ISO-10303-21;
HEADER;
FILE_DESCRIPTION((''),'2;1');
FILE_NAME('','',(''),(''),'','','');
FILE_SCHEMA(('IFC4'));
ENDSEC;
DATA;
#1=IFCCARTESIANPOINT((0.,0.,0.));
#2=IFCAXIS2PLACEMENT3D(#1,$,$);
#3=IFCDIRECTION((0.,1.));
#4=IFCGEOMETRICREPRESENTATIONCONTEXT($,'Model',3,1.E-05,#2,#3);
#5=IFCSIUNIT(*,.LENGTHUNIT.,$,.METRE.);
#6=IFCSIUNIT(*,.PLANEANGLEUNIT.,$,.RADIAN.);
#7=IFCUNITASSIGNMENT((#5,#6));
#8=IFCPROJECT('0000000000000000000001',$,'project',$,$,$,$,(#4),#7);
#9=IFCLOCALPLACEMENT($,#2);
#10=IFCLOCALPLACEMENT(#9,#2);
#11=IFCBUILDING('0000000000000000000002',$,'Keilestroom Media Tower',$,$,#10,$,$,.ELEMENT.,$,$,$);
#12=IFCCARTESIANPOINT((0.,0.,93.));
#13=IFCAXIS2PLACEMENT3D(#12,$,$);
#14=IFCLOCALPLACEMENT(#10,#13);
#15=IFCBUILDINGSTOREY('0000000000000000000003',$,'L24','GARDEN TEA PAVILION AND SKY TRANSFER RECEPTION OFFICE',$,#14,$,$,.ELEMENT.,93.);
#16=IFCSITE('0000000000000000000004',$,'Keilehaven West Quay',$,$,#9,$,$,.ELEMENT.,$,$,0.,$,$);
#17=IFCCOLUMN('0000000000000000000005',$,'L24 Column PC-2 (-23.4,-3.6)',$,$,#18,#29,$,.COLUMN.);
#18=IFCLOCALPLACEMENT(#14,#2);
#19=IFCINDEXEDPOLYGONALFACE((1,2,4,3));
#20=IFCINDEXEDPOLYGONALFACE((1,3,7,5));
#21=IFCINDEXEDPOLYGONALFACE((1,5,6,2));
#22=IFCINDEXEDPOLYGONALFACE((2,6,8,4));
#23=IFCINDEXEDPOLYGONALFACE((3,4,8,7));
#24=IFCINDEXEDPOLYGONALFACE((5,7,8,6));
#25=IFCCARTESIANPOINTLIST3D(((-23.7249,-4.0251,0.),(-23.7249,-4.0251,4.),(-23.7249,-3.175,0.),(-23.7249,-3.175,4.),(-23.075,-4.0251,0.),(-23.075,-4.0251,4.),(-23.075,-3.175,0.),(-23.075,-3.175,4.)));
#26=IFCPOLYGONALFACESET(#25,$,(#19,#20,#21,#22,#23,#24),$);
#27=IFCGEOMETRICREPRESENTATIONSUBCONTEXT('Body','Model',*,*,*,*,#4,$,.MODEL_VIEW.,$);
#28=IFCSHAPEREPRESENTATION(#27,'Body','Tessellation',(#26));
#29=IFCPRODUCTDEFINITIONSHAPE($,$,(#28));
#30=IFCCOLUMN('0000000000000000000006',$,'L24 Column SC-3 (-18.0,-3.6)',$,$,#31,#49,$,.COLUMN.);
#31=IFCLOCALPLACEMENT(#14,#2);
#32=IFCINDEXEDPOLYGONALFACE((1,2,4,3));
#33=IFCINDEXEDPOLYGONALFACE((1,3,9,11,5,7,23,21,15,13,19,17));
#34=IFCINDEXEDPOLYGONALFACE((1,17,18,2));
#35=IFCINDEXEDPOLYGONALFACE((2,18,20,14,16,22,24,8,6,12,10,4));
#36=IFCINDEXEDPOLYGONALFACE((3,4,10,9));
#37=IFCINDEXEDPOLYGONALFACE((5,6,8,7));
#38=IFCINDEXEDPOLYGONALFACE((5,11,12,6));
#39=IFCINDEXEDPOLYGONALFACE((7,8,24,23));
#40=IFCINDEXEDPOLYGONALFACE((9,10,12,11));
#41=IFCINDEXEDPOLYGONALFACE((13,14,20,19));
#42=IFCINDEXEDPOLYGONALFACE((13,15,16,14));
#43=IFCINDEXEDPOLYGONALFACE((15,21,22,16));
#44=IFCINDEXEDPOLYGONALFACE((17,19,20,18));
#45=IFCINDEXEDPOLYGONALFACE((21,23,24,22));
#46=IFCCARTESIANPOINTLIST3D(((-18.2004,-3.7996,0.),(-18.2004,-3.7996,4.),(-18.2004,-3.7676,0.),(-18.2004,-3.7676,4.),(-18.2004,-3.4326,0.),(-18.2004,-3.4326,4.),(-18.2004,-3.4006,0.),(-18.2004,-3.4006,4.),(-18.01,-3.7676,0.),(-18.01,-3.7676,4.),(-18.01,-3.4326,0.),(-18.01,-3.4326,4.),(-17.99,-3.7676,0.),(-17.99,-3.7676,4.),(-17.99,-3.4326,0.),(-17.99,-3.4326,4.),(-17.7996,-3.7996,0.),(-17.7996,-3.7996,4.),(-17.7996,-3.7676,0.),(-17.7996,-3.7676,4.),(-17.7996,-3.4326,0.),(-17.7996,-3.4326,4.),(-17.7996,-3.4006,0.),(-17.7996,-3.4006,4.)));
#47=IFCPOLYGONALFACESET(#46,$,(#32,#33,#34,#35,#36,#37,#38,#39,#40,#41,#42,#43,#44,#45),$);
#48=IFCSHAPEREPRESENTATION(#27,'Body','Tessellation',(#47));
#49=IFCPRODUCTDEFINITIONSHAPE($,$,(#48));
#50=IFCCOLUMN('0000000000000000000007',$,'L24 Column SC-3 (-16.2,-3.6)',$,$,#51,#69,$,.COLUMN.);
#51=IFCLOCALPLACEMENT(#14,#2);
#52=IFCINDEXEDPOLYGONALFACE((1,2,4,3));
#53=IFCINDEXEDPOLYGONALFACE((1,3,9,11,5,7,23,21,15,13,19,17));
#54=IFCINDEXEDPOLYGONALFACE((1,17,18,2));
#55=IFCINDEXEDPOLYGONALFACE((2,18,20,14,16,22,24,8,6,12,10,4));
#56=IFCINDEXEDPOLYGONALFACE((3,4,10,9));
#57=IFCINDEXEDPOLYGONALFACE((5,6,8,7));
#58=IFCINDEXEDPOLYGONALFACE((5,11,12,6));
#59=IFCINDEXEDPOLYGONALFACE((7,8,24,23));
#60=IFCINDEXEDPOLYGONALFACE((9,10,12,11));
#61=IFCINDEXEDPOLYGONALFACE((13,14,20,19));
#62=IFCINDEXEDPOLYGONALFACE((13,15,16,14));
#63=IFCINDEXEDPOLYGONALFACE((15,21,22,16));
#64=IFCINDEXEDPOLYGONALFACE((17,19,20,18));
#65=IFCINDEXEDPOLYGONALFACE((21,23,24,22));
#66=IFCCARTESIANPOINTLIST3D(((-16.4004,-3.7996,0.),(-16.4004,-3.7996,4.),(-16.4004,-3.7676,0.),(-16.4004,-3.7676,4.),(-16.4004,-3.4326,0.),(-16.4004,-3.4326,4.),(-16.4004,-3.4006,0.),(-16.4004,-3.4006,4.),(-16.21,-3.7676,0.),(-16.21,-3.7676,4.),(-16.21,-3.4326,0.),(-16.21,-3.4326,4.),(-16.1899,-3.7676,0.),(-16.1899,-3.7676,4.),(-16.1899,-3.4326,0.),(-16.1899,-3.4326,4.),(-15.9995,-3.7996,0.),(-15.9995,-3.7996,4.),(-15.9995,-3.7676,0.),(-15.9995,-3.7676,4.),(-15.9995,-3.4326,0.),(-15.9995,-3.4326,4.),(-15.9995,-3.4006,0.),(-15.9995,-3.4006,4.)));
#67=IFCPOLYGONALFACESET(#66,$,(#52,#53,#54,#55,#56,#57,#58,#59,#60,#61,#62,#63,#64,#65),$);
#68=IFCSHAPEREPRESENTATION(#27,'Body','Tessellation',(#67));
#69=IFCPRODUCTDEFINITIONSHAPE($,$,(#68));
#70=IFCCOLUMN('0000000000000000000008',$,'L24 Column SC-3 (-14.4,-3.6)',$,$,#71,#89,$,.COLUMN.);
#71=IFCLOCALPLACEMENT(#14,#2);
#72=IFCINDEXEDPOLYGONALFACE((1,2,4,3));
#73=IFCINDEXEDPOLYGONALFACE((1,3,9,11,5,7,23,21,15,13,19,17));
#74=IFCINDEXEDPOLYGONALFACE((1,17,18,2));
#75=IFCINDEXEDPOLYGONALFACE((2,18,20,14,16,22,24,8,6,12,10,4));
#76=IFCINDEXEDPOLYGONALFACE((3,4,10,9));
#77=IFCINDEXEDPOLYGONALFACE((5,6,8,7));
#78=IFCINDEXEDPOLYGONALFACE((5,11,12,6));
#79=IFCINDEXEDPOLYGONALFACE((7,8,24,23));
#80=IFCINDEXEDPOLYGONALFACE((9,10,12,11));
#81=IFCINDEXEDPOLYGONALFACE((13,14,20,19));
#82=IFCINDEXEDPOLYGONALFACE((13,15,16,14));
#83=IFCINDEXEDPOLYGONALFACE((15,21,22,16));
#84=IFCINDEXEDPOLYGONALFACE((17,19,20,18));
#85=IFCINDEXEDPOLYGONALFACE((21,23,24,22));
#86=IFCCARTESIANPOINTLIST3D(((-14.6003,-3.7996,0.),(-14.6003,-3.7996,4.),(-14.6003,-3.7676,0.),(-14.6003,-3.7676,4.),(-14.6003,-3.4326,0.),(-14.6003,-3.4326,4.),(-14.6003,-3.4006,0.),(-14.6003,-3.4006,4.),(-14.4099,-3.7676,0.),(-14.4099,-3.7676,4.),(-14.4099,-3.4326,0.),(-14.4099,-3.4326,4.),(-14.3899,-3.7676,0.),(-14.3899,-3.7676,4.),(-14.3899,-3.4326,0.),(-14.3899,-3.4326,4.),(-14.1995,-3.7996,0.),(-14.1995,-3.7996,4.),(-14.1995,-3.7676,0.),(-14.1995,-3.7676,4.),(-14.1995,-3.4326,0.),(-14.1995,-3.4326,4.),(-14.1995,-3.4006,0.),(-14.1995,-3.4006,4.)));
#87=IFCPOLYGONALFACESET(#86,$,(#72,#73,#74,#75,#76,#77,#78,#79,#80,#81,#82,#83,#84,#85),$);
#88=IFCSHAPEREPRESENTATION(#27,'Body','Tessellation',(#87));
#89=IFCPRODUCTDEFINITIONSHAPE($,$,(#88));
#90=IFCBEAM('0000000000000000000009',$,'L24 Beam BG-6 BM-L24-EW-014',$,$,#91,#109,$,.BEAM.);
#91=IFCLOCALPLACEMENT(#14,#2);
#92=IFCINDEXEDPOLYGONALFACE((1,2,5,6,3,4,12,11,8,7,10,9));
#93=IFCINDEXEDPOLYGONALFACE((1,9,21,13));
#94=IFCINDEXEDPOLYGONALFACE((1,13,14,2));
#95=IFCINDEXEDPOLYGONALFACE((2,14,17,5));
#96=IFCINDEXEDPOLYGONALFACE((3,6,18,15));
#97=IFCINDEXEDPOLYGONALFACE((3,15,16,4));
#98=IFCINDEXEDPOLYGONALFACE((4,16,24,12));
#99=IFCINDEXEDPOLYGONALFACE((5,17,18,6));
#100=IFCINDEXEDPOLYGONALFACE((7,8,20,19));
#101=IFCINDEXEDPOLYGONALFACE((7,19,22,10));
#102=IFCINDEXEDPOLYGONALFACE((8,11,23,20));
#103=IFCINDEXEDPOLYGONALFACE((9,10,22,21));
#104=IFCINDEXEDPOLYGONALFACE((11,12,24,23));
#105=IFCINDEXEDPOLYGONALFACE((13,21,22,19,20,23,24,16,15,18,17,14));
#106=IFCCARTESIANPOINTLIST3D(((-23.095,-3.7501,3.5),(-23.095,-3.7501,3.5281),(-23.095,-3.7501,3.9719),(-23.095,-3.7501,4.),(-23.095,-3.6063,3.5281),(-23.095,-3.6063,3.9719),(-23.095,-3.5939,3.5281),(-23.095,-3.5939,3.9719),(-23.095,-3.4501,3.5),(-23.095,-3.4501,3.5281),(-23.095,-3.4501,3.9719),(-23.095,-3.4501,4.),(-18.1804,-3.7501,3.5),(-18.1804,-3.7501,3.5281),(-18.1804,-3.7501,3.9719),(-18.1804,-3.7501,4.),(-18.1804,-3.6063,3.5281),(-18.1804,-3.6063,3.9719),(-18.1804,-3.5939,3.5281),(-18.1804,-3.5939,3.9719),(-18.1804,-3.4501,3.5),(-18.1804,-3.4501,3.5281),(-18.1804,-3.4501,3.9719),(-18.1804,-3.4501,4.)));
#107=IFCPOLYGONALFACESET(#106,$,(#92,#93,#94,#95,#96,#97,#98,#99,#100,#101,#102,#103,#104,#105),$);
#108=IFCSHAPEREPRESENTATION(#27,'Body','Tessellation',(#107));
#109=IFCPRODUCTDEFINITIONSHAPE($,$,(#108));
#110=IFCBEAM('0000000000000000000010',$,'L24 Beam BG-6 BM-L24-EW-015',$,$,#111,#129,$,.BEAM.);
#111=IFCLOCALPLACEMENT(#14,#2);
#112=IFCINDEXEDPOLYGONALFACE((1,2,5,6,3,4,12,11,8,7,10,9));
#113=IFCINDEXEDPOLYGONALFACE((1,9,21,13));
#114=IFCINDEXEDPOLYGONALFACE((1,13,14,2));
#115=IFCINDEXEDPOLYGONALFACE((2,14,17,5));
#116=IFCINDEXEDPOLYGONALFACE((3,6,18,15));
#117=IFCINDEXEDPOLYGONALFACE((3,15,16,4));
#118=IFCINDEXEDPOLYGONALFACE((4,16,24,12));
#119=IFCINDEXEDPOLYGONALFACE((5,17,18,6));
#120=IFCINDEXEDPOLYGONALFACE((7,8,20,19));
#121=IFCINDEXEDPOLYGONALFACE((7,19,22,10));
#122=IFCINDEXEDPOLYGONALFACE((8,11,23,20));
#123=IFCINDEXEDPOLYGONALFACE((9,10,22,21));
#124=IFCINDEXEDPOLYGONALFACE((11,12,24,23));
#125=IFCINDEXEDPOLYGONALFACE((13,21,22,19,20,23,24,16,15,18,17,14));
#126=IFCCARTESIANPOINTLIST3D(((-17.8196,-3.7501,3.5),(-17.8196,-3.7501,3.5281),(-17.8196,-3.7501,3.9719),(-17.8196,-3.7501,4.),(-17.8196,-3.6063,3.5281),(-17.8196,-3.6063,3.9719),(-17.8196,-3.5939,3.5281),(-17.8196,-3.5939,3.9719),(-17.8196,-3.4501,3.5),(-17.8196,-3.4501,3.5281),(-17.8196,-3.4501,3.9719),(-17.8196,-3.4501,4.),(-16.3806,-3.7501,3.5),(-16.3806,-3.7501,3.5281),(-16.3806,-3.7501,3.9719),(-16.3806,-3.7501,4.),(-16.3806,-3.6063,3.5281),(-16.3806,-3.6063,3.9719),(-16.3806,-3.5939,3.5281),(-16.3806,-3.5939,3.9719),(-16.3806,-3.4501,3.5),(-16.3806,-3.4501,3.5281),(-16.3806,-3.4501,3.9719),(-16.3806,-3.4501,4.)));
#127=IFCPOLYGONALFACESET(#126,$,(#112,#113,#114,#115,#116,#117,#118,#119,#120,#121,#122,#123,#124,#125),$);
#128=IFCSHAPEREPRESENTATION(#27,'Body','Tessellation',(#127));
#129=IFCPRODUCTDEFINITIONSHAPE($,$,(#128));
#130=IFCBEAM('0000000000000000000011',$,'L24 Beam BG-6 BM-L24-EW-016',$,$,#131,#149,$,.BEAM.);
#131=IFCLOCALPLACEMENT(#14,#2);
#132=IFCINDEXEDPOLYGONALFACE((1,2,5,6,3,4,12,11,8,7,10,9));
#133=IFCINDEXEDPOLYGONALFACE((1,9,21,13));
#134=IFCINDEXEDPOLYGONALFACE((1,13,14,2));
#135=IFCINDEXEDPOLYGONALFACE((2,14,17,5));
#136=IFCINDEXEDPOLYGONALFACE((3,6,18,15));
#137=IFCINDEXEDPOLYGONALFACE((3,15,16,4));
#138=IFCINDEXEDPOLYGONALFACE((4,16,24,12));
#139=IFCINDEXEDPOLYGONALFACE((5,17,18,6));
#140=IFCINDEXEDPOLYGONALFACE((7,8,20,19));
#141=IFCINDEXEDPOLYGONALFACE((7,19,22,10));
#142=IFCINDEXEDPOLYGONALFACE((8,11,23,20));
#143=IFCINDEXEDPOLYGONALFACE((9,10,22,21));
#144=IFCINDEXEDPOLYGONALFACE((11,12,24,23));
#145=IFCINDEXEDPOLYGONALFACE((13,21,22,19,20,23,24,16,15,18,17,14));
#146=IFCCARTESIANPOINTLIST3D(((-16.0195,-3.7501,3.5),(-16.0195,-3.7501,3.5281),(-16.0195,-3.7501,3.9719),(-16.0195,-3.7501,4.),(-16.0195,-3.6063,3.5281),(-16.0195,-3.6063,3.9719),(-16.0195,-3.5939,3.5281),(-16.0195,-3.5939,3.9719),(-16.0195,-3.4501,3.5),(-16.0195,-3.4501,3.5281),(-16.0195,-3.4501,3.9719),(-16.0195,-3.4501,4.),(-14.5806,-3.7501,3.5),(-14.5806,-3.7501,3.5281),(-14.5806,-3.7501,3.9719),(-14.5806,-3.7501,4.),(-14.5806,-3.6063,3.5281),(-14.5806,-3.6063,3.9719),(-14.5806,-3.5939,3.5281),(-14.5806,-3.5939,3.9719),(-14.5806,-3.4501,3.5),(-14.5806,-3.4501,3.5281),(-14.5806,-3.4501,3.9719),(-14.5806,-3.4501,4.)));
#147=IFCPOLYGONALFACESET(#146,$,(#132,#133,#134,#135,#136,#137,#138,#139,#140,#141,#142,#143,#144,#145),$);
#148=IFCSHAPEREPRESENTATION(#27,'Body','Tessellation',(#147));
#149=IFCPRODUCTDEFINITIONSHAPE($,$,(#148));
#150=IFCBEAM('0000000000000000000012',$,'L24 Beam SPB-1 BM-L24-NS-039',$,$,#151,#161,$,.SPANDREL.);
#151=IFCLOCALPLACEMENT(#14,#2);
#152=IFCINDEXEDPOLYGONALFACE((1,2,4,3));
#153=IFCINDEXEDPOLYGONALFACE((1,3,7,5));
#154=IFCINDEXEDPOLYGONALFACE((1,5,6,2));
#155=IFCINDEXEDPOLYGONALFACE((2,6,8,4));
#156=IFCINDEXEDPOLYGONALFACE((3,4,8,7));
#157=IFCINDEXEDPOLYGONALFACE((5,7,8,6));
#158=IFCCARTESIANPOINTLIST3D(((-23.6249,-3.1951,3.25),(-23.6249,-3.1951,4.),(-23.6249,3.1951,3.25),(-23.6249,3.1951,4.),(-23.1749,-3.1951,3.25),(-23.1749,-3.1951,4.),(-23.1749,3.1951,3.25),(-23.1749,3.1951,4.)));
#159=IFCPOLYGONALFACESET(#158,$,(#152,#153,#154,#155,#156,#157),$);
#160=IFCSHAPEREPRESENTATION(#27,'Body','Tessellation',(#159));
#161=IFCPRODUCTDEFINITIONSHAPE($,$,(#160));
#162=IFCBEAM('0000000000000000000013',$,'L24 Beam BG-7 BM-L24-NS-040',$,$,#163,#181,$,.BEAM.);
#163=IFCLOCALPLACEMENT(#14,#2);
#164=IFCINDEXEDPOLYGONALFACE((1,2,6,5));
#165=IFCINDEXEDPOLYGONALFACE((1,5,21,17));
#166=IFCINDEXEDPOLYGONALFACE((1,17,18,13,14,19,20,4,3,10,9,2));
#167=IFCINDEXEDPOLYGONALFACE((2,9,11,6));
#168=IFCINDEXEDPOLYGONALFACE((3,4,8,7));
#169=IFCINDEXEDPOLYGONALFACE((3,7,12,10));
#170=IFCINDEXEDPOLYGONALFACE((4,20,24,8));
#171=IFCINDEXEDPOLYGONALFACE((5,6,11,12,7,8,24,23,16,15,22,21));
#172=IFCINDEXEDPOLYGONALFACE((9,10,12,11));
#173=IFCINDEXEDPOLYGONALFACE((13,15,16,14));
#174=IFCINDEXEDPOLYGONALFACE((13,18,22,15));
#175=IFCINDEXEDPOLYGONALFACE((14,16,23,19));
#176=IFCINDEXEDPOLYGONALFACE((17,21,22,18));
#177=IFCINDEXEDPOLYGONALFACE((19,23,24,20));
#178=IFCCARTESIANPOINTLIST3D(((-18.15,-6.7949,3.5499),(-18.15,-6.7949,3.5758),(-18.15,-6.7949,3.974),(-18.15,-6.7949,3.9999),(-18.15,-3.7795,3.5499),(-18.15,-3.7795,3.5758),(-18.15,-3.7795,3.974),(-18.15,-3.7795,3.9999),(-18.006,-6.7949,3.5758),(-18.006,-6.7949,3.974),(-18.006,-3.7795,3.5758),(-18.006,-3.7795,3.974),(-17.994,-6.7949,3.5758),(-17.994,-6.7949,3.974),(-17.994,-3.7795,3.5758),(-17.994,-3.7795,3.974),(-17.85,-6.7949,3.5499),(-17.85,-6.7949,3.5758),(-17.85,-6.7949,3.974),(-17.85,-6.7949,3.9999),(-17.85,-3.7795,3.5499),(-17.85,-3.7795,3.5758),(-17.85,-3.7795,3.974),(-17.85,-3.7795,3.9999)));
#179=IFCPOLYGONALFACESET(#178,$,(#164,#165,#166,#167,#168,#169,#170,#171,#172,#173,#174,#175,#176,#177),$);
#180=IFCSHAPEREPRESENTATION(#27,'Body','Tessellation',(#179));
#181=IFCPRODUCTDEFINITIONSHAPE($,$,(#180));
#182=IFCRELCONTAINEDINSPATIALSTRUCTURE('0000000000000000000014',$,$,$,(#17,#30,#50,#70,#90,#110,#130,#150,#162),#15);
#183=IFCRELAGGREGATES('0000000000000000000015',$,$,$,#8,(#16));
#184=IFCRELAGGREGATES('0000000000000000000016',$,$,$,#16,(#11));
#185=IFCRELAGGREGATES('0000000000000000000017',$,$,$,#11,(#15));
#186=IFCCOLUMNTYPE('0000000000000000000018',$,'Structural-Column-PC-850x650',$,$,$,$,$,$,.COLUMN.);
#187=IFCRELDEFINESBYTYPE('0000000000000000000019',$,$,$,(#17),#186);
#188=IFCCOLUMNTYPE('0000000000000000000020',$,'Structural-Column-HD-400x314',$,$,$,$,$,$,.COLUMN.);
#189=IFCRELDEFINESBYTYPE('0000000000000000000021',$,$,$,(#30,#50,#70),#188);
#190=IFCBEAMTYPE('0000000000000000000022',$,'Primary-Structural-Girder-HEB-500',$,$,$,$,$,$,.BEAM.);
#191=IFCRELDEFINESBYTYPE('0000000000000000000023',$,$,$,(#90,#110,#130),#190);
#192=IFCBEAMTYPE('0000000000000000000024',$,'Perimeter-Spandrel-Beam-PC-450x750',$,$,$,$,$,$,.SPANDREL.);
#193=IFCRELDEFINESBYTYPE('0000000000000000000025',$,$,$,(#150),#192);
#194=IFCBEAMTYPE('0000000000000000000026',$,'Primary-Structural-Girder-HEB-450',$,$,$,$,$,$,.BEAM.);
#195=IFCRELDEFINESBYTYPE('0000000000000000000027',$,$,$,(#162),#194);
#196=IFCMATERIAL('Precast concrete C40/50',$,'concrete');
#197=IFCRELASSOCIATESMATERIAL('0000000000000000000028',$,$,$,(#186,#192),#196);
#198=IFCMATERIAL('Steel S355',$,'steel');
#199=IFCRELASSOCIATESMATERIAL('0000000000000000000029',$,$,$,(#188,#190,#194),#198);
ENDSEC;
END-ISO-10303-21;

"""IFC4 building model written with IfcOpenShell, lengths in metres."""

from ifc_helpers import new_model, si_unit, direction, frame, origin, origin_2d, place, context, subcontext, project, spatial, rectangle, i_section, extrude, source, transform, mapped, material, material_profile, profile_set, type_object, element, save


model = new_model("IFC4")

# Units and contexts
model_context = context("Model", 3, precision=1e-05, world=origin(), true_north=direction((0.0, 1.0)))
body_context = subcontext(model_context, "Body", "Model", "MODEL_VIEW")
ifc_project = project(units=[si_unit("LENGTHUNIT", "METRE"), si_unit("PLANEANGLEUNIT", "RADIAN")], contexts=[model_context])

# Site, building, storey
site_placement = place(None, origin())
site = spatial("IfcSite", under=ifc_project, at=site_placement, Name="Keilehaven West Quay", CompositionType="ELEMENT", RefElevation=0.0)
building_placement = place(site_placement, origin())
building = spatial("IfcBuilding", under=site, at=building_placement, Name="Keilestroom Media Tower", CompositionType="ELEMENT")
storey_placement = place(building_placement, frame((0.0, 0.0, 93.0)))
storey = spatial("IfcBuildingStorey", under=building, at=storey_placement, Name="L24", Description="GARDEN TEA PAVILION AND SKY TRANSFER RECEPTION OFFICE", CompositionType="ELEMENT", Elevation=93.0)

# Columns
ifc_material_1 = material(Name="Precast concrete C40/50", Category="concrete")
ifc_material_profile_1 = material_profile(ifc_material_1, rectangle(XDim=0.6499, YDim=0.8501, at=origin_2d()), Name="PC 850x650")
ifc_profile_set_1 = profile_set([ifc_material_profile_1], Name="Precast concrete C40/50")
column_type_1 = type_object("IfcColumnType", Name="Structural-Column-PC-850x650", PredefinedType="COLUMN", material=ifc_profile_set_1)
shared_shape_1 = source(origin(), body_context, "Body", "SweptSolid", [
    extrude(rectangle(XDim=0.6499, YDim=0.8501, at=origin_2d()), origin(), (0.0, 0.0, 1.0), 4.0),
])
column_placement = place(storey_placement, frame((-23.3999, -3.6001, 0.0), z_axis=(0.0, 0.0, 1.0), x_axis=(1.0, 0.0, 0.0)))
element("IfcColumn", 1, at=column_placement, inside=storey, type_object=column_type_1, Name="L24 Column PC-2 (-23.4,-3.6)", PredefinedType="COLUMN", context=body_context, shape_type="MappedRepresentation", body=[
    mapped(shared_shape_1, transform((0.0, 0.0, 0.0), x_axis=(1.0, 0.0, 0.0), y_axis=(0.0, 1.0, 0.0), z_axis=(0.0, 0.0, 1.0), scale=1.0)),
])
ifc_material_2 = material(Name="Steel S355", Category="steel")
ifc_material_profile_2 = material_profile(ifc_material_2, i_section(OverallWidth=0.4009, OverallDepth=0.3989, WebThickness=0.02, FlangeThickness=0.032, at=origin_2d()), Name="HD 400x314")
ifc_profile_set_2 = profile_set([ifc_material_profile_2], Name="Steel S355")
column_type_2 = type_object("IfcColumnType", Name="Structural-Column-HD-400x314", PredefinedType="COLUMN", material=ifc_profile_set_2)
shared_shape_2 = source(origin(), body_context, "Body", "SweptSolid", [
    extrude(i_section(OverallWidth=0.4009, OverallDepth=0.3989, WebThickness=0.02, FlangeThickness=0.032, at=origin_2d()), origin(), (0.0, 0.0, 1.0), 4.0),
])
for number, where, z_axis, x_axis, name in (
    (2, (-18.0, -3.6001, 0.0), (0.0, 0.0, 1.0), (1.0, 0.0, 0.0), "L24 Column SC-3 (-18.0,-3.6)"),
    (3, (-16.2, -3.6001, 0.0), (0.0, 0.0, 1.0), (1.0, 0.0, 0.0), "L24 Column SC-3 (-16.2,-3.6)"),
    (4, (-14.3999, -3.6001, 0.0), (0.0, 0.0, 1.0), (1.0, 0.0, 0.0), "L24 Column SC-3 (-14.4,-3.6)"),
):
    element("IfcColumn", number, at=place(storey_placement, frame(where, z_axis=z_axis, x_axis=x_axis)), inside=storey, type_object=column_type_2, Name=name, PredefinedType="COLUMN", context=body_context, shape_type="MappedRepresentation", body=[
        mapped(shared_shape_2, transform((0.0, 0.0, 0.0), x_axis=(1.0, 0.0, 0.0), y_axis=(0.0, 1.0, 0.0), z_axis=(0.0, 0.0, 1.0), scale=1.0)),
    ])

# Beams
ifc_material_profile_3 = material_profile(ifc_material_2, i_section(OverallWidth=0.3, OverallDepth=0.5, WebThickness=0.0125, FlangeThickness=0.0281, at=origin_2d()), Name="HEB 500")
ifc_profile_set_3 = profile_set([ifc_material_profile_3], Name="Steel S355")
beam_type_1 = type_object("IfcBeamType", Name="Primary-Structural-Girder-HEB-500", PredefinedType="BEAM", material=ifc_profile_set_3)
shared_shape_3 = source(origin(), body_context, "Body", "SweptSolid", [
    extrude(i_section(OverallWidth=0.3, OverallDepth=0.5, WebThickness=0.0125, FlangeThickness=0.0281, at=origin_2d()), origin(), (0.0, 0.0, 1.0), 4.9146),
])
beam_1_placement = place(storey_placement, frame((-23.095, -3.6001, 3.75), z_axis=(1.0, 0.0, 0.0), x_axis=(0.0, 1.0, 0.0)))
element("IfcBeam", 5, at=beam_1_placement, inside=storey, type_object=beam_type_1, Name="L24 Beam BG-6 BM-L24-EW-014", PredefinedType="BEAM", context=body_context, shape_type="MappedRepresentation", body=[
    mapped(shared_shape_3, transform((0.0, 0.0, 0.0), x_axis=(1.0, 0.0, 0.0), y_axis=(0.0, 1.0, 0.0), z_axis=(0.0, 0.0, 1.0), scale=1.0)),
])
shared_shape_4 = source(origin(), body_context, "Body", "SweptSolid", [
    extrude(i_section(OverallWidth=0.3, OverallDepth=0.5, WebThickness=0.0125, FlangeThickness=0.0281, at=origin_2d()), origin(), (0.0, 0.0, 1.0), 1.439),
])
for number, where, z_axis, x_axis, name in (
    (6, (-17.8196, -3.6001, 3.75), (1.0, 0.0, 0.0), (0.0, 1.0, 0.0), "L24 Beam BG-6 BM-L24-EW-015"),
    (7, (-16.0195, -3.6001, 3.75), (1.0, 0.0, 0.0), (0.0, 1.0, 0.0), "L24 Beam BG-6 BM-L24-EW-016"),
):
    element("IfcBeam", number, at=place(storey_placement, frame(where, z_axis=z_axis, x_axis=x_axis)), inside=storey, type_object=beam_type_1, Name=name, PredefinedType="BEAM", context=body_context, shape_type="MappedRepresentation", body=[
        mapped(shared_shape_4, transform((0.0, 0.0, 0.0), x_axis=(1.0, 0.0, 0.0), y_axis=(0.0, 1.0, 0.0), z_axis=(0.0, 0.0, 1.0), scale=1.0)),
    ])
ifc_material_profile_4 = material_profile(ifc_material_1, rectangle(XDim=0.45, YDim=0.75, at=origin_2d()), Name="PC 450x750")
ifc_profile_set_4 = profile_set([ifc_material_profile_4], Name="Precast concrete C40/50")
beam_type_2 = type_object("IfcBeamType", Name="Perimeter-Spandrel-Beam-PC-450x750", PredefinedType="SPANDREL", material=ifc_profile_set_4)
shared_shape_5 = source(origin(), body_context, "Body", "SweptSolid", [
    extrude(rectangle(XDim=0.45, YDim=0.75, at=origin_2d()), origin(), (0.0, 0.0, 1.0), 6.3901),
])
beam_2_placement = place(storey_placement, frame((-23.3999, -3.1951, 3.625), z_axis=(0.0, 1.0, 0.0), x_axis=(-1.0, 0.0, 0.0)))
element("IfcBeam", 8, at=beam_2_placement, inside=storey, type_object=beam_type_2, Name="L24 Beam SPB-1 BM-L24-NS-039", PredefinedType="SPANDREL", context=body_context, shape_type="MappedRepresentation", body=[
    mapped(shared_shape_5, transform((0.0, 0.0, 0.0), x_axis=(1.0, 0.0, 0.0), y_axis=(0.0, 1.0, 0.0), z_axis=(0.0, 0.0, 1.0), scale=1.0)),
])
ifc_material_profile_5 = material_profile(ifc_material_2, i_section(OverallWidth=0.3, OverallDepth=0.45, WebThickness=0.012, FlangeThickness=0.0259, at=origin_2d()), Name="HEB 450")
ifc_profile_set_5 = profile_set([ifc_material_profile_5], Name="Steel S355")
beam_type_3 = type_object("IfcBeamType", Name="Primary-Structural-Girder-HEB-450", PredefinedType="BEAM", material=ifc_profile_set_5)
shared_shape_6 = source(origin(), body_context, "Body", "SweptSolid", [
    extrude(i_section(OverallWidth=0.3, OverallDepth=0.45, WebThickness=0.012, FlangeThickness=0.0259, at=origin_2d()), origin(), (0.0, 0.0, 1.0), 3.0154),
])
for number, where, z_axis, x_axis, name in (
    (9, (-18.0, -6.7949, 3.7749), (0.0, 1.0, 0.0), (-1.0, 0.0, 0.0), "L24 Beam BG-7 BM-L24-NS-040"),
):
    element("IfcBeam", number, at=place(storey_placement, frame(where, z_axis=z_axis, x_axis=x_axis)), inside=storey, type_object=beam_type_3, Name=name, PredefinedType="BEAM", context=body_context, shape_type="MappedRepresentation", body=[
        mapped(shared_shape_6, transform((0.0, 0.0, 0.0), x_axis=(1.0, 0.0, 0.0), y_axis=(0.0, 1.0, 0.0), z_axis=(0.0, 0.0, 1.0), scale=1.0)),
    ])

save(model, "model.ifc")
